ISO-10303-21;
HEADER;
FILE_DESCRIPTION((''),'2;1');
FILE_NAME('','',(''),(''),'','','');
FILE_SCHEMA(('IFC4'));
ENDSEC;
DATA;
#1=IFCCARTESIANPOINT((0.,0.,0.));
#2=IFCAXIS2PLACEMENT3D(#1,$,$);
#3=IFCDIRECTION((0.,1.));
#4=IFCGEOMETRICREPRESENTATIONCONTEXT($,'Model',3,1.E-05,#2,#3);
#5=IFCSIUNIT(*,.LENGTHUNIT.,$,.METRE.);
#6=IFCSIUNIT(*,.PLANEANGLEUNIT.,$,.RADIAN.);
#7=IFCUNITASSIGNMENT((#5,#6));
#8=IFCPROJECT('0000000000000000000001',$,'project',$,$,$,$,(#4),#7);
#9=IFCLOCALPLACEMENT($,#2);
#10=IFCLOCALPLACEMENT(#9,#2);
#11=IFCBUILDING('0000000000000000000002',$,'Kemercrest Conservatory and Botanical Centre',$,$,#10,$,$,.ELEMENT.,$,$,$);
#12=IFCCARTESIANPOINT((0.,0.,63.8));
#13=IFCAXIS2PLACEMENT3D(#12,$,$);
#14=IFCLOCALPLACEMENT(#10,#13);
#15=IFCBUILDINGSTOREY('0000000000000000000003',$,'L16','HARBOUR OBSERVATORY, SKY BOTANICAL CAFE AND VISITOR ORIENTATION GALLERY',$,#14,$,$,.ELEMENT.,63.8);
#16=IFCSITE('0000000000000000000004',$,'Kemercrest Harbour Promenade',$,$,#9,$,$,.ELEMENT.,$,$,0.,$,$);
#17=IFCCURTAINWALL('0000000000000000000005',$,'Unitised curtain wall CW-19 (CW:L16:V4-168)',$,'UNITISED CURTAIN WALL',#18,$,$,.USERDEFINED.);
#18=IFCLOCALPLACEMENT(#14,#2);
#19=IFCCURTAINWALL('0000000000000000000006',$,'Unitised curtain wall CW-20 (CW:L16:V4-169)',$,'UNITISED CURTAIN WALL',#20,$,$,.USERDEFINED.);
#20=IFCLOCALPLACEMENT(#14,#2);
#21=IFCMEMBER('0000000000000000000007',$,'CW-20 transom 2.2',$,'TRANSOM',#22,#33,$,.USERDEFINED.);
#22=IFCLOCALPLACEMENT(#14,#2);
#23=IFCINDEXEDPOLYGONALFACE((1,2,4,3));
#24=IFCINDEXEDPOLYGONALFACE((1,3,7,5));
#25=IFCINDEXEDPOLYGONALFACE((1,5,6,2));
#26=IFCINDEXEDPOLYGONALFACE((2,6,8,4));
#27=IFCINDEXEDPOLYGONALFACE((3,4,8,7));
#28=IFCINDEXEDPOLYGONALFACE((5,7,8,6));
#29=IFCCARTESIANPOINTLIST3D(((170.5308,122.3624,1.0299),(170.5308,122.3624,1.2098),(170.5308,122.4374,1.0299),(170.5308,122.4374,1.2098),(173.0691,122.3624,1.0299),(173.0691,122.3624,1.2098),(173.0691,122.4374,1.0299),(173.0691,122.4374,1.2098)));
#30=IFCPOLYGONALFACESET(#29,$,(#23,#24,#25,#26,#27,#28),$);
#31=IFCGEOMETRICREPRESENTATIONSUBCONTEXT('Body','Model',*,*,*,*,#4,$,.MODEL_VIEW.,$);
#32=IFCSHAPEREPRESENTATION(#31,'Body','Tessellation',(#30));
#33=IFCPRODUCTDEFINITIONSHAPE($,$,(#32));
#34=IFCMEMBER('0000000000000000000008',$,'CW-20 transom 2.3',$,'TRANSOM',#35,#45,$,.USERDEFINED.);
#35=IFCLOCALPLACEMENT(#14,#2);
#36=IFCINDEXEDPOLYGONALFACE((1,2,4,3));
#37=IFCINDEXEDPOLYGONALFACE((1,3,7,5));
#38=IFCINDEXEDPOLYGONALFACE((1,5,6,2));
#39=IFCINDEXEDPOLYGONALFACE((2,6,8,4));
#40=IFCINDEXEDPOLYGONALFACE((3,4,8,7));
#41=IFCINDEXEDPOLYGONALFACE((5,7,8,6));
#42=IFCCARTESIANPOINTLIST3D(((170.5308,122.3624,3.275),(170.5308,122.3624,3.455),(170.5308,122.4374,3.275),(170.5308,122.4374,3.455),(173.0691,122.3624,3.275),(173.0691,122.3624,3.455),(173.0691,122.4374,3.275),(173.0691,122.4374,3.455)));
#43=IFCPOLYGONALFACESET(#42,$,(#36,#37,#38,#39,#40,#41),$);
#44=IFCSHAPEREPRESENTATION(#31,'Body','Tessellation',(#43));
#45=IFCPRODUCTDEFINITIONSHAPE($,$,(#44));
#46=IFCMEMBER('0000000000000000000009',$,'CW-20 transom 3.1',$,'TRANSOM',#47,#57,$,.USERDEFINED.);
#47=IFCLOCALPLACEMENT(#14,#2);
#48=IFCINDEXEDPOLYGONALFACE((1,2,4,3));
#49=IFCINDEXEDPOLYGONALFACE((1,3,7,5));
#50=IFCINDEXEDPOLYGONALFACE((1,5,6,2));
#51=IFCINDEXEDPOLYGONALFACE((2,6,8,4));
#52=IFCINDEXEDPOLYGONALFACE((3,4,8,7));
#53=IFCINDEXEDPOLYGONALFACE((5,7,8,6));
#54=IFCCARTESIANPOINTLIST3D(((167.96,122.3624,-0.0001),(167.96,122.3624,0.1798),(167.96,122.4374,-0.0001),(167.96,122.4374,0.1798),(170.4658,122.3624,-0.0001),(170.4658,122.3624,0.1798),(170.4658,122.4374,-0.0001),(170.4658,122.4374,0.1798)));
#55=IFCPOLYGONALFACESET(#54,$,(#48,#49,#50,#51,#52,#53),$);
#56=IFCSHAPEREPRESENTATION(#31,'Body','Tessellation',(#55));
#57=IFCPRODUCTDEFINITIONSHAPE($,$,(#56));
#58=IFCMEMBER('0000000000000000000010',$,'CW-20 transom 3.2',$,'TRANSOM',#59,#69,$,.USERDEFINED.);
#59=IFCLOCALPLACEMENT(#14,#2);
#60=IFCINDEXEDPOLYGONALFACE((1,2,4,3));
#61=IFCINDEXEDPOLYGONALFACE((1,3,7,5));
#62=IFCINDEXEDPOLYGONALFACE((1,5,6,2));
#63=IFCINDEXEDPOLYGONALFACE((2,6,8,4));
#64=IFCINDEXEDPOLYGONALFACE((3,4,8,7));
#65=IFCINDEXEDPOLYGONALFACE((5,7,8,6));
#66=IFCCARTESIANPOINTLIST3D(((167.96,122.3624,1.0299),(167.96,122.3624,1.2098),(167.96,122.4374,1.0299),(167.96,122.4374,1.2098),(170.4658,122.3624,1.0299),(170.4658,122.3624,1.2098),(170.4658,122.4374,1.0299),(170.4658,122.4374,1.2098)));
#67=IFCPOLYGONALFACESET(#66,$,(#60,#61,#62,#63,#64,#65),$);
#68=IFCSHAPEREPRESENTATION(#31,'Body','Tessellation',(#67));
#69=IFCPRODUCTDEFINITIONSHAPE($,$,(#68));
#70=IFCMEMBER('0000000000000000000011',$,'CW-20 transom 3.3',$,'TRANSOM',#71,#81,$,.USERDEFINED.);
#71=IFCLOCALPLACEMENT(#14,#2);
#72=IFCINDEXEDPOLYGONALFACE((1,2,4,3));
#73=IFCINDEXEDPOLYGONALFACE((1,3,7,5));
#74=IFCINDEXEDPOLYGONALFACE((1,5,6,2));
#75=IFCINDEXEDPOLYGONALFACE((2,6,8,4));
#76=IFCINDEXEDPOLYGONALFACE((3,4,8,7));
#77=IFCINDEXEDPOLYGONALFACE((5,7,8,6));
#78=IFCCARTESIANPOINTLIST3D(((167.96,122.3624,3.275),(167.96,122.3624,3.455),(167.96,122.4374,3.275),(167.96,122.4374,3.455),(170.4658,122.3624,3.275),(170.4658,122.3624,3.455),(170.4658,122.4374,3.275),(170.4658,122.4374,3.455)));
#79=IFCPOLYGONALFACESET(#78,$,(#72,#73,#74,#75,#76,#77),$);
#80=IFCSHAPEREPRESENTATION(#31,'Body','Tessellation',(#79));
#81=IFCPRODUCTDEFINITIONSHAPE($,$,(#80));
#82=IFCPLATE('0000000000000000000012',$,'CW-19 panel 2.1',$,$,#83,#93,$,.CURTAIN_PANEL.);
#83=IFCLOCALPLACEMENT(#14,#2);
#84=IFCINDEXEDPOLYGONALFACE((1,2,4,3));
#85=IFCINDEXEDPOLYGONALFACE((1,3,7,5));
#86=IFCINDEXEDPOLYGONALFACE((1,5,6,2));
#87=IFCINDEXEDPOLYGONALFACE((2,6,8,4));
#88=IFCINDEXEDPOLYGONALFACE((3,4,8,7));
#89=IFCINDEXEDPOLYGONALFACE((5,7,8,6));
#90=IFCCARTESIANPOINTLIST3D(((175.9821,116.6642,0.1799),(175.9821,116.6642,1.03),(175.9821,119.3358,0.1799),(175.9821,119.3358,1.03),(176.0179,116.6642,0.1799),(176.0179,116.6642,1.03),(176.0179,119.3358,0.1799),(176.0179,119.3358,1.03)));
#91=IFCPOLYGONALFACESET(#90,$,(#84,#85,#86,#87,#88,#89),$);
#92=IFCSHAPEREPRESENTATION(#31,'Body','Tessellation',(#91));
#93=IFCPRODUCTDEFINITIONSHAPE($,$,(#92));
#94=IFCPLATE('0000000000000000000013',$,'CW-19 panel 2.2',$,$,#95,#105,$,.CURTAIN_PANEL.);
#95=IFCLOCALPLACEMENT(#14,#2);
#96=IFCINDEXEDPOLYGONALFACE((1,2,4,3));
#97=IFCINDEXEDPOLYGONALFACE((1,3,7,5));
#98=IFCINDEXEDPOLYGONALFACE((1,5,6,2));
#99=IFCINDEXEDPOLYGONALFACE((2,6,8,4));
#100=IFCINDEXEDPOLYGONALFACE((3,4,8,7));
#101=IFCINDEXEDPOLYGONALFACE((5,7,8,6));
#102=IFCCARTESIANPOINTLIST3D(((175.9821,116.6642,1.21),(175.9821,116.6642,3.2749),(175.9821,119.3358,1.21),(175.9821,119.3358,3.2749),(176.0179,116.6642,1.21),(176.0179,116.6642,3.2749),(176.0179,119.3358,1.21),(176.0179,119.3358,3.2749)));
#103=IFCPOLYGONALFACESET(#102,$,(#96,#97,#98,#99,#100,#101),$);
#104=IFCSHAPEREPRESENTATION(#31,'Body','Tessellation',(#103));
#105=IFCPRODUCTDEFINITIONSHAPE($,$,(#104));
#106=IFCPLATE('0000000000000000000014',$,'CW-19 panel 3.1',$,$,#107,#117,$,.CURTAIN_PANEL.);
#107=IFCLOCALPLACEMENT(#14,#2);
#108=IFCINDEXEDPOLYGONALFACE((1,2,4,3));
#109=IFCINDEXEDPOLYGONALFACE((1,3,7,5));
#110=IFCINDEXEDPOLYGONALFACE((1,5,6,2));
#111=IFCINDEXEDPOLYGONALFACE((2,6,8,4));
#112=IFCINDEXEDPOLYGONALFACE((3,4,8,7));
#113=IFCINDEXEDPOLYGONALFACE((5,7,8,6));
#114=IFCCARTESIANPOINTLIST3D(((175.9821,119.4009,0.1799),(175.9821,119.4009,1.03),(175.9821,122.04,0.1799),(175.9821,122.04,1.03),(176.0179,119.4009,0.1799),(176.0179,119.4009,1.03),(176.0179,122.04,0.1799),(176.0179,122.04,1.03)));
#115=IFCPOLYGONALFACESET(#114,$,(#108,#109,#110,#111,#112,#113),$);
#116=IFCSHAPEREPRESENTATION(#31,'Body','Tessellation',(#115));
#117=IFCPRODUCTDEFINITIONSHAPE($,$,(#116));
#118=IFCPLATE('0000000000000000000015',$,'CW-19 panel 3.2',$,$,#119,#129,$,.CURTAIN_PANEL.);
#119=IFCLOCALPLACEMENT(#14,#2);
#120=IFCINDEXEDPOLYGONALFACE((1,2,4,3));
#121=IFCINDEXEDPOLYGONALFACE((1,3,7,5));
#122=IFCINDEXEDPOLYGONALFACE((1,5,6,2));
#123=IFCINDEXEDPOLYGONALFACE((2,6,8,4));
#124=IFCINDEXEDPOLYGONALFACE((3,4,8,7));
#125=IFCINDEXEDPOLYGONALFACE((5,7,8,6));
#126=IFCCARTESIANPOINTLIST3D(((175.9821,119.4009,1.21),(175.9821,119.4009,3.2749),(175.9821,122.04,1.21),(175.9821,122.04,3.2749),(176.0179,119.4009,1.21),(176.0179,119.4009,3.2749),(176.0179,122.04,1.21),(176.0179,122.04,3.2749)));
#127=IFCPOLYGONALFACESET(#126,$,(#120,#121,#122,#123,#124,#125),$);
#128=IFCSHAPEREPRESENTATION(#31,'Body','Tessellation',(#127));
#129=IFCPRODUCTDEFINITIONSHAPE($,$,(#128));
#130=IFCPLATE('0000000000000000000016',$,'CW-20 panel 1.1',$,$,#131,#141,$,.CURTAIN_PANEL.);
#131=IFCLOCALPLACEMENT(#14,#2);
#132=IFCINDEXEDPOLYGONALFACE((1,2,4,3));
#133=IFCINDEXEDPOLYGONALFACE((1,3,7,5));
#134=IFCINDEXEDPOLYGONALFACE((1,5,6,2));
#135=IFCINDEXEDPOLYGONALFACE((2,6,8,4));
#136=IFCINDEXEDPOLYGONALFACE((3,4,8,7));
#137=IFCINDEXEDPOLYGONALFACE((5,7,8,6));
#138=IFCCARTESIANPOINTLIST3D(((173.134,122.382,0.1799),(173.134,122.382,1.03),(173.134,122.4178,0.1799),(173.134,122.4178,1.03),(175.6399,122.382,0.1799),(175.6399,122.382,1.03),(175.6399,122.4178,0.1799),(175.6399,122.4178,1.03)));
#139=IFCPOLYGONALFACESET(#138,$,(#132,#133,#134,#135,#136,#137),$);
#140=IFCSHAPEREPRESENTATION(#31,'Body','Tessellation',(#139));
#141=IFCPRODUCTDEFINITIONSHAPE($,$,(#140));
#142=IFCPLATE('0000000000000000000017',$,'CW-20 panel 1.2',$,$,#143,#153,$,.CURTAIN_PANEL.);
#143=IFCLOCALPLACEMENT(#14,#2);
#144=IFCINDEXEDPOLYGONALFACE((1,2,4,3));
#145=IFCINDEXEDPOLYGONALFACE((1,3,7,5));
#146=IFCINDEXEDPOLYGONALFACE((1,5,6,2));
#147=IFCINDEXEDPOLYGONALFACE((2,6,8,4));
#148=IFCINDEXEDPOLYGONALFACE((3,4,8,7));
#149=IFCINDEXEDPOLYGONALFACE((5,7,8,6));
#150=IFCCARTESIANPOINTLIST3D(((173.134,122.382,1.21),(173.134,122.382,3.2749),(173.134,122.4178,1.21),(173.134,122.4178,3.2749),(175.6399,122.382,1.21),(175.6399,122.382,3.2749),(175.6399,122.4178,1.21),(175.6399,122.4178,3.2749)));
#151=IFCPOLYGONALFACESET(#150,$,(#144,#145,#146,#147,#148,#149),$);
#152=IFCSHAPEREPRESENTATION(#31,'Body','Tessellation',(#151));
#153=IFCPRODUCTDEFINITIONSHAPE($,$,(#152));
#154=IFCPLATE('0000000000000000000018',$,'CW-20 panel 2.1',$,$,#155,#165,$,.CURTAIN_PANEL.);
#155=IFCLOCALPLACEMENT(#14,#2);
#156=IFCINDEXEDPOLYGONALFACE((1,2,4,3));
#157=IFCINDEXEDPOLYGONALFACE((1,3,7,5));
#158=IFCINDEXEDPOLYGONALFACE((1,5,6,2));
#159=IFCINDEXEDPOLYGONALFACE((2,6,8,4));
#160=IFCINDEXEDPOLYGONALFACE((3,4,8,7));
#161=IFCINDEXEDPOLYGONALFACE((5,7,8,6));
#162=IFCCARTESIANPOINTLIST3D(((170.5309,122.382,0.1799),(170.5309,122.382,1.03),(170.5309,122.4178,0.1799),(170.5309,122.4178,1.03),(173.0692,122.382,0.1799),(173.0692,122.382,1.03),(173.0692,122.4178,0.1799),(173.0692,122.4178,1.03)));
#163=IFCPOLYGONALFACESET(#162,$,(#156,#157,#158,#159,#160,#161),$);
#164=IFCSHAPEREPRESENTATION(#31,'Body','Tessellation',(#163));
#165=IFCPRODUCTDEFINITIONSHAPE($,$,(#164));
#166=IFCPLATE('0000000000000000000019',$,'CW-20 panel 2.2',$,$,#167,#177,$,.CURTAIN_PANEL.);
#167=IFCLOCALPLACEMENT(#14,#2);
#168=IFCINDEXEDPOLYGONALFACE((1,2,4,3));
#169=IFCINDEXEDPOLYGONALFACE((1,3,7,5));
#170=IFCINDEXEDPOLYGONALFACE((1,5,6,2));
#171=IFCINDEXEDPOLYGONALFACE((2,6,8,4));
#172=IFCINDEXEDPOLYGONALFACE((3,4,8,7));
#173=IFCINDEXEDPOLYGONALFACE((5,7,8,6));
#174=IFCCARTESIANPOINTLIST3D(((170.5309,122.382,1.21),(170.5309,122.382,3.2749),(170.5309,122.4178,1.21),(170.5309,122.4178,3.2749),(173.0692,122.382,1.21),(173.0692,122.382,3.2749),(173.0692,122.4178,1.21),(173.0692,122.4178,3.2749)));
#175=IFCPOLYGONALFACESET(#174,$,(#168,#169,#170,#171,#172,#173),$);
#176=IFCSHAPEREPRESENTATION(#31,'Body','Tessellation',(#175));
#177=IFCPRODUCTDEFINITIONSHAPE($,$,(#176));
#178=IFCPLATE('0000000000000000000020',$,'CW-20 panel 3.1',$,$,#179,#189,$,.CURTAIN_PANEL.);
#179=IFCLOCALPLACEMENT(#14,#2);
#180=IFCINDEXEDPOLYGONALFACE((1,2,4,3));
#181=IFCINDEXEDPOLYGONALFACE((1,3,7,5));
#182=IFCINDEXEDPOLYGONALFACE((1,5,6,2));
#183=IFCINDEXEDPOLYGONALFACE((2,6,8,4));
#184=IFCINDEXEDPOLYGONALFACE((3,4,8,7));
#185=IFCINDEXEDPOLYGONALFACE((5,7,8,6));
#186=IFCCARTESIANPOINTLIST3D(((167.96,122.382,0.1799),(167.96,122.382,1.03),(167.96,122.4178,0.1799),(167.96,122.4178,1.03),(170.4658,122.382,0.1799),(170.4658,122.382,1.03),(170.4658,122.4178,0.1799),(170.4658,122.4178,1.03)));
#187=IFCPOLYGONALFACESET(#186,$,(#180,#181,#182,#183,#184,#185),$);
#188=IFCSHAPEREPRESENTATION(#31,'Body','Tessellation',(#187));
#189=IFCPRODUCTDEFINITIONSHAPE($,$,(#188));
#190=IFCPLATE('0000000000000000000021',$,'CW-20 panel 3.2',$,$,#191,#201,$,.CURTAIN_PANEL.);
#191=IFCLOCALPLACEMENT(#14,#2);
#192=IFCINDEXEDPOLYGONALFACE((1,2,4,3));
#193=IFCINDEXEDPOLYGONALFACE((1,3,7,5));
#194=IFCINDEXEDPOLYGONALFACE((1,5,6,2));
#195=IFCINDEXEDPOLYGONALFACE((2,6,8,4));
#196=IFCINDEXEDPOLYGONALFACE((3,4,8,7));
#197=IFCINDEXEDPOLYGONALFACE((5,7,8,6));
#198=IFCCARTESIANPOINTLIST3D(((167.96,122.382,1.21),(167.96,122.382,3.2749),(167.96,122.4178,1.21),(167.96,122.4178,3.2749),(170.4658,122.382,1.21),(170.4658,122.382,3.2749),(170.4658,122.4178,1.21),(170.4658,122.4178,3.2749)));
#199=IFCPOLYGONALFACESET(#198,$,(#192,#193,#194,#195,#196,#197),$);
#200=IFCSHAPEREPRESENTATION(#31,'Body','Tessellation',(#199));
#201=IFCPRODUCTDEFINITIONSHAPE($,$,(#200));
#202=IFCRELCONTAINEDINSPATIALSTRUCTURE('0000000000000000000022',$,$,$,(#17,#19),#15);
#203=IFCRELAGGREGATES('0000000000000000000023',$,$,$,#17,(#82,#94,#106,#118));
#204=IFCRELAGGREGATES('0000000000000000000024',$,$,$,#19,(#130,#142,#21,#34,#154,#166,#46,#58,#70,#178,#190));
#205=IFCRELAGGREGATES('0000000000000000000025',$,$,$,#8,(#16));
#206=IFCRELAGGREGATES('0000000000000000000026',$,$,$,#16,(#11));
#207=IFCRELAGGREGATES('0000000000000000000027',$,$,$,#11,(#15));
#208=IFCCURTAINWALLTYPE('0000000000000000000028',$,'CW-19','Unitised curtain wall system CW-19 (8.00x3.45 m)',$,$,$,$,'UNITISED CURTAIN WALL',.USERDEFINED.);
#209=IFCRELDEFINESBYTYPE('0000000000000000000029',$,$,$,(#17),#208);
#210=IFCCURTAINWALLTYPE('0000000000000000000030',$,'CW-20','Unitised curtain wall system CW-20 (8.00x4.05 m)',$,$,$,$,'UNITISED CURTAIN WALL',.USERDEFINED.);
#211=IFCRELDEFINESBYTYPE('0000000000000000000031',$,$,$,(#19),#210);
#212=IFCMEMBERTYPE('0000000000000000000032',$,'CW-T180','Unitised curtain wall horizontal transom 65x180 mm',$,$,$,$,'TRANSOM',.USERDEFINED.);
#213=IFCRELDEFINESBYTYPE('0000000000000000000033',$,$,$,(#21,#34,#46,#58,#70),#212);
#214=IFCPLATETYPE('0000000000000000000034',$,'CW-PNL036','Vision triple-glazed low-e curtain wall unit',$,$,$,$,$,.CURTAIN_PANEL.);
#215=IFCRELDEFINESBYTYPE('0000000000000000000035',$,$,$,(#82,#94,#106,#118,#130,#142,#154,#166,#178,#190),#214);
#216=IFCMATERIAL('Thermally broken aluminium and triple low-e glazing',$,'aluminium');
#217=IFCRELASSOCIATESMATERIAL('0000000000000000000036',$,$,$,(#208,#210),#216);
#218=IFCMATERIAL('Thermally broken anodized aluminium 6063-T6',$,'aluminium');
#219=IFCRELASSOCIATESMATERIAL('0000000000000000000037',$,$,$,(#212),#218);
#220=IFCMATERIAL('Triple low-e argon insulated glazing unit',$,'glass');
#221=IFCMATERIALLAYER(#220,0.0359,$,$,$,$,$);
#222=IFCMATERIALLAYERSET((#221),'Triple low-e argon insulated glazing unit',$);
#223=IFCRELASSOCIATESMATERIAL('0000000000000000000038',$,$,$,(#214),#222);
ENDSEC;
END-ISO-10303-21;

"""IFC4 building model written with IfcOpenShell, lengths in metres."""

from ifc_helpers import new_model, si_unit, direction, frame, origin, origin_2d, place, context, subcontext, project, spatial, rectangle, extrude, material, layer, layer_set, material_profile, profile_set, type_object, element, aggregate, save


model = new_model("IFC4")

# Units and contexts
model_context = context("Model", 3, precision=1e-05, world=origin(), true_north=direction((0.0, 1.0)))
body_context = subcontext(model_context, "Body", "Model", "MODEL_VIEW")
ifc_project = project(units=[si_unit("LENGTHUNIT", "METRE"), si_unit("PLANEANGLEUNIT", "RADIAN")], contexts=[model_context])

# Site, building, storey
site_placement = place(None, origin())
site = spatial("IfcSite", under=ifc_project, at=site_placement, Name="Kemercrest Harbour Promenade", CompositionType="ELEMENT", RefElevation=0.0)
building_placement = place(site_placement, origin())
building = spatial("IfcBuilding", under=site, at=building_placement, Name="Kemercrest Conservatory and Botanical Centre", CompositionType="ELEMENT")
storey_placement = place(building_placement, frame((0.0, 0.0, 63.8)))
storey = spatial("IfcBuildingStorey", under=building, at=storey_placement, Name="L16", Description="HARBOUR OBSERVATORY, SKY BOTANICAL CAFE AND VISITOR ORIENTATION GALLERY", CompositionType="ELEMENT", Elevation=63.8)

# Curtain walls
ifc_material_1 = material(Name="Thermally broken aluminium and triple low-e glazing", Category="aluminium")
curtain_wall_type_1 = type_object("IfcCurtainWallType", Name="CW-19", Description="Unitised curtain wall system CW-19 (8.00x3.45 m)", ElementType="UNITISED CURTAIN WALL", PredefinedType="USERDEFINED", material=ifc_material_1)
curtain_wall_1_placement = place(storey_placement, origin())
curtain_wall_1 = element("IfcCurtainWall", 1, at=curtain_wall_1_placement, inside=storey, type_object=curtain_wall_type_1, Name="Unitised curtain wall CW-19 (CW:L16:V4-168)", ObjectType="UNITISED CURTAIN WALL", PredefinedType="USERDEFINED")
ifc_material_2 = material(Name="Thermally broken anodized aluminium 6063-T6", Category="aluminium")
curtain_wall_type_2 = type_object("IfcCurtainWallType", Name="CW-20", Description="Unitised curtain wall system CW-20 (8.00x4.05 m)", ElementType="UNITISED CURTAIN WALL", PredefinedType="USERDEFINED", material=ifc_material_1)
curtain_wall_2_placement = place(storey_placement, origin())
curtain_wall_2 = element("IfcCurtainWall", 2, at=curtain_wall_2_placement, inside=storey, type_object=curtain_wall_type_2, Name="Unitised curtain wall CW-20 (CW:L16:V4-169)", ObjectType="UNITISED CURTAIN WALL", PredefinedType="USERDEFINED")

# Members
ifc_material_profile_1 = material_profile(ifc_material_2, rectangle(XDim=0.075, YDim=0.1799, at=origin_2d()), Name="AL TRANSOM 75x180")
ifc_profile_set_1 = profile_set([ifc_material_profile_1], Name="Thermally broken anodized aluminium 6063-T6")
member_type_1 = type_object("IfcMemberType", Name="CW-T180", Description="Unitised curtain wall horizontal transom 65x180 mm", ElementType="TRANSOM", PredefinedType="USERDEFINED", material=ifc_profile_set_1)
member_1_placement = place(storey_placement, frame((173.0691, 122.3999, 1.1199), z_axis=(-1.0, 0.0, 0.0), x_axis=(0.0, -1.0, 0.0)))
member_1 = element("IfcMember", 3, at=member_1_placement, type_object=member_type_1, Name="CW-20 transom 2.2", ObjectType="TRANSOM", PredefinedType="USERDEFINED", context=body_context, shape_type="SweptSolid", body=[
    extrude(rectangle(XDim=0.075, YDim=0.1799, at=origin_2d()), origin(), (0.0, 0.0, 1.0), 2.5383),
])
member_2_placement = place(storey_placement, frame((173.0691, 122.3999, 3.365), z_axis=(-1.0, 0.0, 0.0), x_axis=(0.0, -1.0, 0.0)))
member_2 = element("IfcMember", 4, at=member_2_placement, type_object=member_type_1, Name="CW-20 transom 2.3", ObjectType="TRANSOM", PredefinedType="USERDEFINED", context=body_context, shape_type="SweptSolid", body=[
    extrude(rectangle(XDim=0.075, YDim=0.1799, at=origin_2d()), origin(), (0.0, 0.0, 1.0), 2.5383),
])
member_3_placement = place(storey_placement, frame((170.4658, 122.3999, 0.0898), z_axis=(-1.0, 0.0, 0.0), x_axis=(0.0, -1.0, 0.0)))
member_3 = element("IfcMember", 5, at=member_3_placement, type_object=member_type_1, Name="CW-20 transom 3.1", ObjectType="TRANSOM", PredefinedType="USERDEFINED", context=body_context, shape_type="SweptSolid", body=[
    extrude(rectangle(XDim=0.075, YDim=0.1799, at=origin_2d()), origin(), (0.0, 0.0, 1.0), 2.5059),
])
member_4_placement = place(storey_placement, frame((170.4658, 122.3999, 1.1199), z_axis=(-1.0, 0.0, 0.0), x_axis=(0.0, -1.0, 0.0)))
member_4 = element("IfcMember", 6, at=member_4_placement, type_object=member_type_1, Name="CW-20 transom 3.2", ObjectType="TRANSOM", PredefinedType="USERDEFINED", context=body_context, shape_type="SweptSolid", body=[
    extrude(rectangle(XDim=0.075, YDim=0.1799, at=origin_2d()), origin(), (0.0, 0.0, 1.0), 2.5059),
])
member_5_placement = place(storey_placement, frame((170.4658, 122.3999, 3.365), z_axis=(-1.0, 0.0, 0.0), x_axis=(0.0, -1.0, 0.0)))
member_5 = element("IfcMember", 7, at=member_5_placement, type_object=member_type_1, Name="CW-20 transom 3.3", ObjectType="TRANSOM", PredefinedType="USERDEFINED", context=body_context, shape_type="SweptSolid", body=[
    extrude(rectangle(XDim=0.075, YDim=0.1799, at=origin_2d()), origin(), (0.0, 0.0, 1.0), 2.5059),
])

# Plates
ifc_material_3 = material(Name="Triple low-e argon insulated glazing unit", Category="glass")
ifc_layer = layer(ifc_material_3, 0.0359)
ifc_layer_set = layer_set([ifc_layer], Name="Triple low-e argon insulated glazing unit")
plate_type = type_object("IfcPlateType", Name="CW-PNL036", Description="Vision triple-glazed low-e curtain wall unit", PredefinedType="CURTAIN_PANEL", material=ifc_layer_set)
plate_1_placement = place(storey_placement, frame((176.0, 118.0, 0.1799), z_axis=(0.0, 0.0, 1.0), x_axis=(0.0, 1.0, 0.0)))
plate_1 = element("IfcPlate", 8, at=plate_1_placement, type_object=plate_type, Name="CW-19 panel 2.1", PredefinedType="CURTAIN_PANEL", context=body_context, shape_type="SweptSolid", body=[
    extrude(rectangle(XDim=2.6716, YDim=0.0359, at=origin_2d()), origin(), (0.0, 0.0, 1.0), 0.8501),
])
plate_2_placement = place(storey_placement, frame((176.0, 118.0, 1.21), z_axis=(0.0, 0.0, 1.0), x_axis=(0.0, 1.0, 0.0)))
plate_2 = element("IfcPlate", 9, at=plate_2_placement, type_object=plate_type, Name="CW-19 panel 2.2", PredefinedType="CURTAIN_PANEL", context=body_context, shape_type="SweptSolid", body=[
    extrude(rectangle(XDim=2.6716, YDim=0.0359, at=origin_2d()), origin(), (0.0, 0.0, 1.0), 2.0649),
])
plate_3_placement = place(storey_placement, frame((176.0, 120.7205, 0.1799), z_axis=(0.0, 0.0, 1.0), x_axis=(0.0, 1.0, 0.0)))
plate_3 = element("IfcPlate", 10, at=plate_3_placement, type_object=plate_type, Name="CW-19 panel 3.1", PredefinedType="CURTAIN_PANEL", context=body_context, shape_type="SweptSolid", body=[
    extrude(rectangle(XDim=2.6392, YDim=0.0359, at=origin_2d()), origin(), (0.0, 0.0, 1.0), 0.8501),
])
plate_4_placement = place(storey_placement, frame((176.0, 120.7205, 1.21), z_axis=(0.0, 0.0, 1.0), x_axis=(0.0, 1.0, 0.0)))
plate_4 = element("IfcPlate", 11, at=plate_4_placement, type_object=plate_type, Name="CW-19 panel 3.2", PredefinedType="CURTAIN_PANEL", context=body_context, shape_type="SweptSolid", body=[
    extrude(rectangle(XDim=2.6392, YDim=0.0359, at=origin_2d()), origin(), (0.0, 0.0, 1.0), 2.0649),
])
aggregate(curtain_wall_1, [plate_1, plate_2, plate_3, plate_4])
plate_5_placement = place(storey_placement, frame((174.387, 122.3999, 0.1799), z_axis=(0.0, 0.0, 1.0), x_axis=(-1.0, 0.0, 0.0)))
plate_5 = element("IfcPlate", 12, at=plate_5_placement, type_object=plate_type, Name="CW-20 panel 1.1", PredefinedType="CURTAIN_PANEL", context=body_context, shape_type="SweptSolid", body=[
    extrude(rectangle(XDim=2.5059, YDim=0.0359, at=origin_2d()), origin(), (0.0, 0.0, 1.0), 0.8501),
])
plate_6_placement = place(storey_placement, frame((174.387, 122.3999, 1.21), z_axis=(0.0, 0.0, 1.0), x_axis=(-1.0, 0.0, 0.0)))
plate_6 = element("IfcPlate", 13, at=plate_6_placement, type_object=plate_type, Name="CW-20 panel 1.2", PredefinedType="CURTAIN_PANEL", context=body_context, shape_type="SweptSolid", body=[
    extrude(rectangle(XDim=2.5059, YDim=0.0359, at=origin_2d()), origin(), (0.0, 0.0, 1.0), 2.0649),
])
plate_7_placement = place(storey_placement, frame((171.8, 122.3999, 0.1799), z_axis=(0.0, 0.0, 1.0), x_axis=(-1.0, 0.0, 0.0)))
plate_7 = element("IfcPlate", 14, at=plate_7_placement, type_object=plate_type, Name="CW-20 panel 2.1", PredefinedType="CURTAIN_PANEL", context=body_context, shape_type="SweptSolid", body=[
    extrude(rectangle(XDim=2.5383, YDim=0.0359, at=origin_2d()), origin(), (0.0, 0.0, 1.0), 0.8501),
])
plate_8_placement = place(storey_placement, frame((171.8, 122.3999, 1.21), z_axis=(0.0, 0.0, 1.0), x_axis=(-1.0, 0.0, 0.0)))
plate_8 = element("IfcPlate", 15, at=plate_8_placement, type_object=plate_type, Name="CW-20 panel 2.2", PredefinedType="CURTAIN_PANEL", context=body_context, shape_type="SweptSolid", body=[
    extrude(rectangle(XDim=2.5383, YDim=0.0359, at=origin_2d()), origin(), (0.0, 0.0, 1.0), 2.0649),
])
plate_9_placement = place(storey_placement, frame((169.2129, 122.3999, 0.1799), z_axis=(0.0, 0.0, 1.0), x_axis=(-1.0, 0.0, 0.0)))
plate_9 = element("IfcPlate", 16, at=plate_9_placement, type_object=plate_type, Name="CW-20 panel 3.1", PredefinedType="CURTAIN_PANEL", context=body_context, shape_type="SweptSolid", body=[
    extrude(rectangle(XDim=2.5059, YDim=0.0359, at=origin_2d()), origin(), (0.0, 0.0, 1.0), 0.8501),
])
plate_10_placement = place(storey_placement, frame((169.2129, 122.3999, 1.21), z_axis=(0.0, 0.0, 1.0), x_axis=(-1.0, 0.0, 0.0)))
plate_10 = element("IfcPlate", 17, at=plate_10_placement, type_object=plate_type, Name="CW-20 panel 3.2", PredefinedType="CURTAIN_PANEL", context=body_context, shape_type="SweptSolid", body=[
    extrude(rectangle(XDim=2.5059, YDim=0.0359, at=origin_2d()), origin(), (0.0, 0.0, 1.0), 2.0649),
])
aggregate(curtain_wall_2, [plate_5, plate_6, member_1, member_2, plate_7, plate_8, member_3, member_4, member_5, plate_9, plate_10])

save(model, "model.ifc")
